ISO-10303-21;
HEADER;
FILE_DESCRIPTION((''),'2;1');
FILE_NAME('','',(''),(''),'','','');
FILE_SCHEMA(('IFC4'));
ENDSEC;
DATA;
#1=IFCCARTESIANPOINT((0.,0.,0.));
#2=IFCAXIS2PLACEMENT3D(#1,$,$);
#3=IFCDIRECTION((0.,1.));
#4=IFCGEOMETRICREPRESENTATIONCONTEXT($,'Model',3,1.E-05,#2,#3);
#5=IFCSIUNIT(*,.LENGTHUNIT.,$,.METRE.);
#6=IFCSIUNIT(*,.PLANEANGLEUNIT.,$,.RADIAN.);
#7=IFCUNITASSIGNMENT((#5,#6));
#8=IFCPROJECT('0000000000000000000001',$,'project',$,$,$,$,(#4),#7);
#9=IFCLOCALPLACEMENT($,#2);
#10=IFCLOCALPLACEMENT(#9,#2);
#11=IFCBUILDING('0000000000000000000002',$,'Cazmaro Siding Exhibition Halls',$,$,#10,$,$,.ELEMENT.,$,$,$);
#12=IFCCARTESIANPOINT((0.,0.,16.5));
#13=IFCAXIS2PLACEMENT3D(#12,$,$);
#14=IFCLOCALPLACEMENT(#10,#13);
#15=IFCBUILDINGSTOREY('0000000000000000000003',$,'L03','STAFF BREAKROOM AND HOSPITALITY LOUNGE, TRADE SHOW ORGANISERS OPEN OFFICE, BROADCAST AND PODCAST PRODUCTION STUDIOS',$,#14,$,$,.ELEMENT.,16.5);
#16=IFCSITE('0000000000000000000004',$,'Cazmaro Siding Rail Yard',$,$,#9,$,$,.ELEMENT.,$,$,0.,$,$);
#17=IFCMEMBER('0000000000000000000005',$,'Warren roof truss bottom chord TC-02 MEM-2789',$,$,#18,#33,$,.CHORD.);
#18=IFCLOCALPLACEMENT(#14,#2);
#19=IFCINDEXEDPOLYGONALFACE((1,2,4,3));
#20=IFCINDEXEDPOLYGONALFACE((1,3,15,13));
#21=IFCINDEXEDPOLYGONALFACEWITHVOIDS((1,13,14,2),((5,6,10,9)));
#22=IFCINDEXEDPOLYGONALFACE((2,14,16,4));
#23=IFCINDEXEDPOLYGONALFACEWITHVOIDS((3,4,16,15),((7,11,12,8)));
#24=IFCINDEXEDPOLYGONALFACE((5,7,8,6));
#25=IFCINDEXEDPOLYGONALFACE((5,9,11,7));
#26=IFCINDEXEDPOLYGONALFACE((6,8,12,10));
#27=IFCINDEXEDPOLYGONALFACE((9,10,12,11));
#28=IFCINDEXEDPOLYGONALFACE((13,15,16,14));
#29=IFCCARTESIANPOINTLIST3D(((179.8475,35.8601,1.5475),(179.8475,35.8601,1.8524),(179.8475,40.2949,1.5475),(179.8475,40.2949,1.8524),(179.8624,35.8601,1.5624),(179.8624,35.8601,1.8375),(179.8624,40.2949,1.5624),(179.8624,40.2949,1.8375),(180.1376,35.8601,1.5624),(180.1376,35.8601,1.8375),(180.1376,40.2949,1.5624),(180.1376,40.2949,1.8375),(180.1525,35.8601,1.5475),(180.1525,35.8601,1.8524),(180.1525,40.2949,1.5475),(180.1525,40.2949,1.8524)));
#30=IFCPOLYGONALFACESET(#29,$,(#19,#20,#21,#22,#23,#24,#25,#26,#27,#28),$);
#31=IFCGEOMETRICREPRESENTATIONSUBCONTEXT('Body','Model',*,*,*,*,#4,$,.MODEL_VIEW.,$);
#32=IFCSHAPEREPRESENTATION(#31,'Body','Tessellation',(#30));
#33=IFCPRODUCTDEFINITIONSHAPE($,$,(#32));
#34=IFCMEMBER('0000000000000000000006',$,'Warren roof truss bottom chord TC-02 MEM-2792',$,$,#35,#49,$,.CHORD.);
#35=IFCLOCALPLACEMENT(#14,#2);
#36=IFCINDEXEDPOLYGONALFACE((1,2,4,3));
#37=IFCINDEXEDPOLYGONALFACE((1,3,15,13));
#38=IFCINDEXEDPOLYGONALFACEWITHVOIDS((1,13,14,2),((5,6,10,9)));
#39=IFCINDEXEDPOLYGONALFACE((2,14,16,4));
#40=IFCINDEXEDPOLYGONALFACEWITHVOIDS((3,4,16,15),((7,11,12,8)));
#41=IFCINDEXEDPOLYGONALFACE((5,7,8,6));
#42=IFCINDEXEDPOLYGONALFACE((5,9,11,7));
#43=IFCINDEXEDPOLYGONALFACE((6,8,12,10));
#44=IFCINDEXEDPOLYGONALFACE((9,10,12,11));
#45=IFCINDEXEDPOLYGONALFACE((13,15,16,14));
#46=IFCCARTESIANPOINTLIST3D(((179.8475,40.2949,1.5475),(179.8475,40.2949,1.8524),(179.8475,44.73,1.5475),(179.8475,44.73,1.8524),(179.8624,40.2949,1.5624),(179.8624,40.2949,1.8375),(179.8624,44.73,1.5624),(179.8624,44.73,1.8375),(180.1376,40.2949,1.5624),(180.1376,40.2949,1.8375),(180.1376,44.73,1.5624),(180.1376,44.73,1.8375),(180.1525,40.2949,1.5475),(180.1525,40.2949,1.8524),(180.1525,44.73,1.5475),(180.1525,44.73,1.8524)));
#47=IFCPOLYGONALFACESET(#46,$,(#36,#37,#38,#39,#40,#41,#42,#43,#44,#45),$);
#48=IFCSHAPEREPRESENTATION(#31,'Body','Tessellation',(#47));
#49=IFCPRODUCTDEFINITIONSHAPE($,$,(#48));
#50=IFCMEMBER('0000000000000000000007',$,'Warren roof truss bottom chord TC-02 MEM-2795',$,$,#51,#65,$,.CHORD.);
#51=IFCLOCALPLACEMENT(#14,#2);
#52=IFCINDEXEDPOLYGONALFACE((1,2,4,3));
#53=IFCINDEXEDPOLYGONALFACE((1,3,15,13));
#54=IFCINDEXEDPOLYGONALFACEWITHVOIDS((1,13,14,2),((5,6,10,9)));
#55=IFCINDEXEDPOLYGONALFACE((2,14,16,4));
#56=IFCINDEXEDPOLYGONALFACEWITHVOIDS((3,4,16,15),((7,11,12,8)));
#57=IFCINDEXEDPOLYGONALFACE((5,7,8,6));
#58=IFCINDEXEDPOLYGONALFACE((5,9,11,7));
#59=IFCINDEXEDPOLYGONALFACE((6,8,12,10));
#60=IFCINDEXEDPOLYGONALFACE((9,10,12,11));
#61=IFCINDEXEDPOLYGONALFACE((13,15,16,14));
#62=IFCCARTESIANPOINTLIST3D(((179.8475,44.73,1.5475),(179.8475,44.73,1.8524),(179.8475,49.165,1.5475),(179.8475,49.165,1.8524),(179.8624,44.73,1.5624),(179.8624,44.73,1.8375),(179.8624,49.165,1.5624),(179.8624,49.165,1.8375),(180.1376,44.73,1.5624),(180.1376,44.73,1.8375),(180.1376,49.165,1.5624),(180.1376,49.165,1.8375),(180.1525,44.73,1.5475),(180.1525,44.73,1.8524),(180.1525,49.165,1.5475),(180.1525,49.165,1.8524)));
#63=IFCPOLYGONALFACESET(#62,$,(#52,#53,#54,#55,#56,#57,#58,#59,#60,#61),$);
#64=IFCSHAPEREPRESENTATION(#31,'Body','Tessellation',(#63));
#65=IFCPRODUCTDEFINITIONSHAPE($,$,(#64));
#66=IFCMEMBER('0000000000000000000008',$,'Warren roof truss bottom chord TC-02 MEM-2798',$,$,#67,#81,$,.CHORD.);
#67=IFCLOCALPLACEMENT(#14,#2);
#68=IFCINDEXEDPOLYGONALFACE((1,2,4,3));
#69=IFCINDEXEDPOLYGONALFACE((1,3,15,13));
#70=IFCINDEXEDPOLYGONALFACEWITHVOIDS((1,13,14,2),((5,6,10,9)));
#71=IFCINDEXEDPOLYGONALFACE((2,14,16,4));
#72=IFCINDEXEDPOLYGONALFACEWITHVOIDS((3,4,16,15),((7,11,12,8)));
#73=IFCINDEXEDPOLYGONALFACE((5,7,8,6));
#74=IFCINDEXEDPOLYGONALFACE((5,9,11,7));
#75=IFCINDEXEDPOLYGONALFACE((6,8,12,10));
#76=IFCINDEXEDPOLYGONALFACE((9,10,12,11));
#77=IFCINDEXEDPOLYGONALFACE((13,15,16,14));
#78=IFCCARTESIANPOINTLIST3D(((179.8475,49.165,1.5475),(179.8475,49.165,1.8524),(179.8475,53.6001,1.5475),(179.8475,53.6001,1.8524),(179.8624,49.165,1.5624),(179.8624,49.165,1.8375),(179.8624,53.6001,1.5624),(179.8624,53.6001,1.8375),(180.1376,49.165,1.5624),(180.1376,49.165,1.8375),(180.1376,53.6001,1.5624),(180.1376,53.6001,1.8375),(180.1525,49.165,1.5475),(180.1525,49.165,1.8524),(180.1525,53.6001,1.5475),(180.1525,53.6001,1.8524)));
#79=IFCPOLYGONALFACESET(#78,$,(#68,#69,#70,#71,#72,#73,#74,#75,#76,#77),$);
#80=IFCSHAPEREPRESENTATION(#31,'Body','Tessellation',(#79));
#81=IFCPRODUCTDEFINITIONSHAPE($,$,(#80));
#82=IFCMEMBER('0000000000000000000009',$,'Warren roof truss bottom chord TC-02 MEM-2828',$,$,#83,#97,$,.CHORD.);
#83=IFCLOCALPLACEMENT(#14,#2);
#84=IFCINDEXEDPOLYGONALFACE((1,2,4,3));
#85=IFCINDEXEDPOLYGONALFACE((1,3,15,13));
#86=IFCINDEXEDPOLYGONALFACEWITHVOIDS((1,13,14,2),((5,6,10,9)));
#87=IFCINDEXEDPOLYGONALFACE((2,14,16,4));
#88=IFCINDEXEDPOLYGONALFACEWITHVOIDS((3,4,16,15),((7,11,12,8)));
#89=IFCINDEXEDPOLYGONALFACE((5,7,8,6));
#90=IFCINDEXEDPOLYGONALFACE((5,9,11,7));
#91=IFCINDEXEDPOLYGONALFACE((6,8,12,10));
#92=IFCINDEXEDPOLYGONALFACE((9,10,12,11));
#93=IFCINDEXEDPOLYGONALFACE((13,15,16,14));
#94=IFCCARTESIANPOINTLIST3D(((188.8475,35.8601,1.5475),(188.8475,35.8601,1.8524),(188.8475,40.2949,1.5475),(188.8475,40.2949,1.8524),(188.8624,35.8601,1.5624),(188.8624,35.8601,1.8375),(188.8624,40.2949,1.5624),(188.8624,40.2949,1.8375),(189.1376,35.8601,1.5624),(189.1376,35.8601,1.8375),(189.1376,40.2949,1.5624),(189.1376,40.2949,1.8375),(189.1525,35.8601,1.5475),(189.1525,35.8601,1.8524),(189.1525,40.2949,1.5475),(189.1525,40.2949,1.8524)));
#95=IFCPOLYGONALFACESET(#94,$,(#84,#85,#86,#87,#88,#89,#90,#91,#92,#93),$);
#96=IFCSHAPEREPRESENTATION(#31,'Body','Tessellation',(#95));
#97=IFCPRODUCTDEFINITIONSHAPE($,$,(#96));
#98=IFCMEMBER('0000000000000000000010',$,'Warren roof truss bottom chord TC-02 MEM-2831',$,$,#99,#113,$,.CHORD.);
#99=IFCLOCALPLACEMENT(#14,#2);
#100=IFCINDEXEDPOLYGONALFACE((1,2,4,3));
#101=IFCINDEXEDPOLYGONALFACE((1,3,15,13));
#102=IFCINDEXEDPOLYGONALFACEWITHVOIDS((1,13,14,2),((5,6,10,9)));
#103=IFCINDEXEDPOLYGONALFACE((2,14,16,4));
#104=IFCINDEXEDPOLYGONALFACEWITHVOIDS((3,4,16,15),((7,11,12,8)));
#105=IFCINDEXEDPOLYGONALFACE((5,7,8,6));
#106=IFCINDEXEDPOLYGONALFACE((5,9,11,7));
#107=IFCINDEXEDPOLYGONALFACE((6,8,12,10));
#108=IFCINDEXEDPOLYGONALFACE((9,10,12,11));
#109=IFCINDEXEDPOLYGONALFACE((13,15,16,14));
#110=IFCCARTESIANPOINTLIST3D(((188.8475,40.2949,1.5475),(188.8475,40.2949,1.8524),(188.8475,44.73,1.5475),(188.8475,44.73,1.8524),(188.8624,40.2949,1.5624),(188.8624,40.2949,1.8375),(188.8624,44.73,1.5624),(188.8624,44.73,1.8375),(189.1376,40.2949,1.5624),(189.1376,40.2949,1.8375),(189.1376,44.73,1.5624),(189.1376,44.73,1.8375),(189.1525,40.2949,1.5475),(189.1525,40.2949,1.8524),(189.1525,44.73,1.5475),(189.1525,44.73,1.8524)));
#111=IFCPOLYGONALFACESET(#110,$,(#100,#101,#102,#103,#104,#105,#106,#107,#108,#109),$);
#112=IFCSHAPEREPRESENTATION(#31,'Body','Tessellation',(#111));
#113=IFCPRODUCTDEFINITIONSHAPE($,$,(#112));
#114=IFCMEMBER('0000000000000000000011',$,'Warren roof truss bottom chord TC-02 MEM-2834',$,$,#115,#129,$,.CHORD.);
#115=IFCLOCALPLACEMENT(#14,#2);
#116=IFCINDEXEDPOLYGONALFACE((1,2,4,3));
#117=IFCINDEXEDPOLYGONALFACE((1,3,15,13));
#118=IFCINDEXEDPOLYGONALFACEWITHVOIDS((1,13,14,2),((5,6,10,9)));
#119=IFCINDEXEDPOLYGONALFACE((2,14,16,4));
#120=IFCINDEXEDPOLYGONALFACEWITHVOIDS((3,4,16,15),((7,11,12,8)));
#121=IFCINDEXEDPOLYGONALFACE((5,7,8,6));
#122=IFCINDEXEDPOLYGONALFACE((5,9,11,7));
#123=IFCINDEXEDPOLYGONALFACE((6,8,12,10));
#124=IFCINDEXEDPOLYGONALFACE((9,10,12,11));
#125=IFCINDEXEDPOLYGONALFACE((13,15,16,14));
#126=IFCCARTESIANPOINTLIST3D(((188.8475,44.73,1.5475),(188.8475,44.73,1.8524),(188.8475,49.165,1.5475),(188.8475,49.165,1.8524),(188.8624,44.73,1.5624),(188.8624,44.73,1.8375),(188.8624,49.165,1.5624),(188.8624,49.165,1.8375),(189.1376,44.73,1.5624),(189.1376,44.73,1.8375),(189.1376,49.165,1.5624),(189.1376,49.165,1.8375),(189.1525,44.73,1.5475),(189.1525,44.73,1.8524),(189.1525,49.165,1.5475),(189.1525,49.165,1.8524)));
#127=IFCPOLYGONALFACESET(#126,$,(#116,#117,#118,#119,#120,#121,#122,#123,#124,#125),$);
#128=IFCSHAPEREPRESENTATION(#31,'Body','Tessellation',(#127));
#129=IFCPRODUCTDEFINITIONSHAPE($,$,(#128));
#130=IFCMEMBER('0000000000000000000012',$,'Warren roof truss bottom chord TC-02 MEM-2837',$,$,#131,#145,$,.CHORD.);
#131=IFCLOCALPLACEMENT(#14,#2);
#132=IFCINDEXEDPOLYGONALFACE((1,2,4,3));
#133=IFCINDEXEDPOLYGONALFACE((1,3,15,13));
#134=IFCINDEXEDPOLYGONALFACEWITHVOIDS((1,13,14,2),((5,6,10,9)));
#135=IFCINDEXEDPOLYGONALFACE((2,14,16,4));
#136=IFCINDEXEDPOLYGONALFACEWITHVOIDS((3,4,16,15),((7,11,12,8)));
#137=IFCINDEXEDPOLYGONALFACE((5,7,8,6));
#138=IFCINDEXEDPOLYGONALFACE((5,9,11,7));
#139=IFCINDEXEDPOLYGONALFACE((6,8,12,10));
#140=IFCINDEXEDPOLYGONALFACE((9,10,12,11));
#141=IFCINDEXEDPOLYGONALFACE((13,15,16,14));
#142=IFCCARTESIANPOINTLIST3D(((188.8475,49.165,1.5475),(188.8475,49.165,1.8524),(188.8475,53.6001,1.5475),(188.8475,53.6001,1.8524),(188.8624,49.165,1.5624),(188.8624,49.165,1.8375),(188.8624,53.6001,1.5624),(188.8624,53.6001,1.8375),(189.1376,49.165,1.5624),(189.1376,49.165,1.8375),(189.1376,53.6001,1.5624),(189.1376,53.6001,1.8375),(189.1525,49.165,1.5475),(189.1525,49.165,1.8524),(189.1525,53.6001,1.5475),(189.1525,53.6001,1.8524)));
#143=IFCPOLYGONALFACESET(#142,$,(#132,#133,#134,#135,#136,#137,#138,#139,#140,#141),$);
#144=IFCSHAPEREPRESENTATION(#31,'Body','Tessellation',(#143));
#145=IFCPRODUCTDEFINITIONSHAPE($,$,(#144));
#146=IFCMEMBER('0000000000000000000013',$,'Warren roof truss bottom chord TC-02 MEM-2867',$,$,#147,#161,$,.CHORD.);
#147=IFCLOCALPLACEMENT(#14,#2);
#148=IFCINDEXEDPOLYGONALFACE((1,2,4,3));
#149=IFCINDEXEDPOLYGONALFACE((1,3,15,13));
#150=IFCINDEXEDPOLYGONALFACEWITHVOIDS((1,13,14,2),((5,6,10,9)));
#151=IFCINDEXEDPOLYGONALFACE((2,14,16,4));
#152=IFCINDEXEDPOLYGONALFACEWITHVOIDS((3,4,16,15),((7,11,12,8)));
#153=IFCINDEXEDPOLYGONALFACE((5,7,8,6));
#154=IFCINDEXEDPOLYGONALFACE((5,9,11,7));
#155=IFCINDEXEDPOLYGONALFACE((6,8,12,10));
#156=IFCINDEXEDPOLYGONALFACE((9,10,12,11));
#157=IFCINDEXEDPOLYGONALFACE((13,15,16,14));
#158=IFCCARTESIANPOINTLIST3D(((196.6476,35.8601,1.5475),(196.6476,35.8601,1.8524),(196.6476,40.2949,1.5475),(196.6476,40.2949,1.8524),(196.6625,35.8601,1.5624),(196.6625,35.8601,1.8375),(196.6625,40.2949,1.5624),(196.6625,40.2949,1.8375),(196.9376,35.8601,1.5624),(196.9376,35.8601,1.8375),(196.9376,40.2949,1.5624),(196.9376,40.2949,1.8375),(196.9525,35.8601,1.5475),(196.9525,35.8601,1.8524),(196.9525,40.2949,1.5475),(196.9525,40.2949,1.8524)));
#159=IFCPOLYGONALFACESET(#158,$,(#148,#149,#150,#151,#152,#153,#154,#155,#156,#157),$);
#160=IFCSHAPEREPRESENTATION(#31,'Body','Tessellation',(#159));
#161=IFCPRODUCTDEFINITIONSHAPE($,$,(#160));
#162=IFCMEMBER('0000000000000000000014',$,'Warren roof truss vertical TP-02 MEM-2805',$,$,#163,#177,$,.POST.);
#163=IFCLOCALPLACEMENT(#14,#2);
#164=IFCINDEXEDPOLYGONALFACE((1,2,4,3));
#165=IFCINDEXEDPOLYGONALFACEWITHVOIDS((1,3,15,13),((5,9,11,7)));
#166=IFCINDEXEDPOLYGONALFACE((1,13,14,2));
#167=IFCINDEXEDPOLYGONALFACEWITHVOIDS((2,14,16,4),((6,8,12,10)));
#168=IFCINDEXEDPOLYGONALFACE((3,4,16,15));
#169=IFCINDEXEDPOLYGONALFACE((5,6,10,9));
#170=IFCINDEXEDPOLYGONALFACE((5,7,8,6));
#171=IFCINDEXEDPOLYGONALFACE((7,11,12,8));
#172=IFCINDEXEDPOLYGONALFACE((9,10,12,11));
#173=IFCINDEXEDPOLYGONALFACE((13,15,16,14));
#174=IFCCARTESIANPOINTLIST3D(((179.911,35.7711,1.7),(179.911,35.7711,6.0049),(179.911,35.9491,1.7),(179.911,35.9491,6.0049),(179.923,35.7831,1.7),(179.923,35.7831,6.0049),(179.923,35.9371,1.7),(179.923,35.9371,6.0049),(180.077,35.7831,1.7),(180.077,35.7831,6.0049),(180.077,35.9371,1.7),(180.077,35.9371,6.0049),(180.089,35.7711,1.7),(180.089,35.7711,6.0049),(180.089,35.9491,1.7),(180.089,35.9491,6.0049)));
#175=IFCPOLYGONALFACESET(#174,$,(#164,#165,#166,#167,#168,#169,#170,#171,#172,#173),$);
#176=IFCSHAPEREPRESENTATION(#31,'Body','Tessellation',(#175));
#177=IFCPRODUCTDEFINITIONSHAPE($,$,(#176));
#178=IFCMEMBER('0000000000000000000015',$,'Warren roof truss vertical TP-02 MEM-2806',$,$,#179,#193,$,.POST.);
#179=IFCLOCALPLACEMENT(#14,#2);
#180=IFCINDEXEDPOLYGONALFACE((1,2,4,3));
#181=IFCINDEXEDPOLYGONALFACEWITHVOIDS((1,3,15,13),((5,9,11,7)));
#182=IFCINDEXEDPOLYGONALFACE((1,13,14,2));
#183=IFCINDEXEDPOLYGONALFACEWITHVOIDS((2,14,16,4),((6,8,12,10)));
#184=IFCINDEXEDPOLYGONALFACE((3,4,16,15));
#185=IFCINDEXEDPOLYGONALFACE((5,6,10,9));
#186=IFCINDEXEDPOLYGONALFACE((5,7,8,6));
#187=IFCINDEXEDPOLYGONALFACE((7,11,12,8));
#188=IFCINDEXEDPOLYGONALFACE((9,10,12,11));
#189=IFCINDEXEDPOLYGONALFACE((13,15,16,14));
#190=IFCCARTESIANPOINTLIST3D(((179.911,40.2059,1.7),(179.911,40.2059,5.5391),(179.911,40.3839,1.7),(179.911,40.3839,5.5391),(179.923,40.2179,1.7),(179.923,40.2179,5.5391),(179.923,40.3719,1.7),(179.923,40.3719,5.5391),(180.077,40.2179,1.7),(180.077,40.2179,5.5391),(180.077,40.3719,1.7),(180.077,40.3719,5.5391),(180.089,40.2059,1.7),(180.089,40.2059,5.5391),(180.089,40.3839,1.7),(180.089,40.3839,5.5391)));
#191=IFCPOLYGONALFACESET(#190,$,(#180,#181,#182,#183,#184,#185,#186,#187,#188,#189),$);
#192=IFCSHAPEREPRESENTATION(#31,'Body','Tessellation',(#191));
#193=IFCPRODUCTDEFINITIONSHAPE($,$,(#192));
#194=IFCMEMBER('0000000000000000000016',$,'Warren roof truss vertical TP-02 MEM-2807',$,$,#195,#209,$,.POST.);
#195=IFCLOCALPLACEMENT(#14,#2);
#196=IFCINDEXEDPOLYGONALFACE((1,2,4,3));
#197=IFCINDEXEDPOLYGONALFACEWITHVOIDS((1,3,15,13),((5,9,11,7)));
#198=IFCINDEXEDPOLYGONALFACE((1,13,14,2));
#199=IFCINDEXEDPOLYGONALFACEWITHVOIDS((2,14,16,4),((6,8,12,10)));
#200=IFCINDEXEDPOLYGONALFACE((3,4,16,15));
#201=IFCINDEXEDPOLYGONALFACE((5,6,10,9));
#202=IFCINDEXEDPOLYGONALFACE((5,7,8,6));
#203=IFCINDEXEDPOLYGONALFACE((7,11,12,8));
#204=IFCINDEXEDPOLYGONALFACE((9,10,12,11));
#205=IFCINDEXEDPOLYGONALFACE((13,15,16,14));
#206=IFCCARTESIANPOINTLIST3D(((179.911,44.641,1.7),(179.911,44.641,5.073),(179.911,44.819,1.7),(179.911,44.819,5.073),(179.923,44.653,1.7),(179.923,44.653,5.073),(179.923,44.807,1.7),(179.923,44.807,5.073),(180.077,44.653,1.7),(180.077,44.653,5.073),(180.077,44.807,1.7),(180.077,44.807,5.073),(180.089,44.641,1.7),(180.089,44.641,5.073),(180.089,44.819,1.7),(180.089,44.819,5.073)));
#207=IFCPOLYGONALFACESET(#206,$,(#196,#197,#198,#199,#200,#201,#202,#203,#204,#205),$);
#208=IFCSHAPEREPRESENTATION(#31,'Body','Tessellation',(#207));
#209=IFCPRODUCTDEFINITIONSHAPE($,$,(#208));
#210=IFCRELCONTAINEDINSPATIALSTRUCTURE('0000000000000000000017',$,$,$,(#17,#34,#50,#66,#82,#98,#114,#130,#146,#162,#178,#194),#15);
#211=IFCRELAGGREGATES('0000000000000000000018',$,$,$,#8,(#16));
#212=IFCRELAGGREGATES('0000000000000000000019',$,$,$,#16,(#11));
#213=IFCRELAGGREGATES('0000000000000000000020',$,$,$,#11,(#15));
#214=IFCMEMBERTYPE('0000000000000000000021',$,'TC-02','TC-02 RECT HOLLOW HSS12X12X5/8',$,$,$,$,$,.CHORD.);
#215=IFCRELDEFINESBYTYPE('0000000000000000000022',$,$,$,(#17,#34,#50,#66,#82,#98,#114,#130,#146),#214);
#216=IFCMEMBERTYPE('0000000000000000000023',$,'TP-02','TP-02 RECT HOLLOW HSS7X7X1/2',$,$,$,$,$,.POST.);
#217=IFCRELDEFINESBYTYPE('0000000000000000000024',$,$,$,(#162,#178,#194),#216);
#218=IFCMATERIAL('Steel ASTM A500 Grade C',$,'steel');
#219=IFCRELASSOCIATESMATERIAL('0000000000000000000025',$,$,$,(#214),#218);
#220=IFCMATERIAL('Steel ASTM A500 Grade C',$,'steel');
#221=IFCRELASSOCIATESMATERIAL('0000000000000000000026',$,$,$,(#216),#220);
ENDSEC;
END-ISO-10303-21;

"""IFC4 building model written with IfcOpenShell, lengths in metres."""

from ifc_helpers import new_model, si_unit, direction, frame, origin, origin_2d, place, context, subcontext, project, spatial, hollow_rectangle, extrude, material, material_profile, profile_set, type_object, element, save


model = new_model("IFC4")

# Units and contexts
model_context = context("Model", 3, precision=1e-05, world=origin(), true_north=direction((0.0, 1.0)))
body_context = subcontext(model_context, "Body", "Model", "MODEL_VIEW")
ifc_project = project(units=[si_unit("LENGTHUNIT", "METRE"), si_unit("PLANEANGLEUNIT", "RADIAN")], contexts=[model_context])

# Site, building, storey
site_placement = place(None, origin())
site = spatial("IfcSite", under=ifc_project, at=site_placement, Name="Cazmaro Siding Rail Yard", CompositionType="ELEMENT", RefElevation=0.0)
building_placement = place(site_placement, origin())
building = spatial("IfcBuilding", under=site, at=building_placement, Name="Cazmaro Siding Exhibition Halls", CompositionType="ELEMENT")
storey_placement = place(building_placement, frame((0.0, 0.0, 16.5)))
storey = spatial("IfcBuildingStorey", under=building, at=storey_placement, Name="L03", Description="STAFF BREAKROOM AND HOSPITALITY LOUNGE, TRADE SHOW ORGANISERS OPEN OFFICE, BROADCAST AND PODCAST PRODUCTION STUDIOS", CompositionType="ELEMENT", Elevation=16.5)

# Members
ifc_material_1 = material(Name="Steel ASTM A500 Grade C", Category="steel")
ifc_material_profile_1 = material_profile(ifc_material_1, hollow_rectangle(XDim=0.3049, YDim=0.3049, WallThickness=0.0149, at=origin_2d()), Name="HSS12X12X5/8")
ifc_profile_set_1 = profile_set([ifc_material_profile_1], Name="Steel ASTM A500 Grade C")
member_type_1 = type_object("IfcMemberType", Name="TC-02", Description="TC-02 RECT HOLLOW HSS12X12X5/8", PredefinedType="CHORD", material=ifc_profile_set_1)
member_1_placement = place(storey_placement, frame((180.0, 35.8601, 1.7), z_axis=(0.0, 1.0, 0.0), x_axis=(-1.0, 0.0, 0.0)))
element("IfcMember", 1, at=member_1_placement, inside=storey, type_object=member_type_1, Name="Warren roof truss bottom chord TC-02 MEM-2789", PredefinedType="CHORD", context=body_context, shape_type="SweptSolid", body=[
    extrude(hollow_rectangle(XDim=0.3049, YDim=0.3049, WallThickness=0.0149, at=origin_2d()), origin(), (0.0, 0.0, 1.0), 4.4348),
])
for number, where, z_axis, x_axis, name in (
    (2, (180.0, 40.2949, 1.7), (0.0, 1.0, 0.0), (-1.0, 0.0, 0.0), "Warren roof truss bottom chord TC-02 MEM-2792"),
    (3, (180.0, 44.73, 1.7), (0.0, 1.0, 0.0), (-1.0, 0.0, 0.0), "Warren roof truss bottom chord TC-02 MEM-2795"),
    (4, (180.0, 49.165, 1.7), (0.0, 1.0, 0.0), (-1.0, 0.0, 0.0), "Warren roof truss bottom chord TC-02 MEM-2798"),
):
    element("IfcMember", number, at=place(storey_placement, frame(where, z_axis=z_axis, x_axis=x_axis)), inside=storey, type_object=member_type_1, Name=name, PredefinedType="CHORD", context=body_context, shape_type="SweptSolid", body=[
        extrude(hollow_rectangle(XDim=0.3049, YDim=0.3049, WallThickness=0.0149, at=origin_2d()), origin(), (0.0, 0.0, 1.0), 4.4351),
    ])
member_2_placement = place(storey_placement, frame((189.0, 35.8601, 1.7), z_axis=(0.0, 1.0, 0.0), x_axis=(-1.0, 0.0, 0.0)))
element("IfcMember", 5, at=member_2_placement, inside=storey, type_object=member_type_1, Name="Warren roof truss bottom chord TC-02 MEM-2828", PredefinedType="CHORD", context=body_context, shape_type="SweptSolid", body=[
    extrude(hollow_rectangle(XDim=0.3049, YDim=0.3049, WallThickness=0.0149, at=origin_2d()), origin(), (0.0, 0.0, 1.0), 4.4348),
])
for number, where, z_axis, x_axis, name in (
    (6, (189.0, 40.2949, 1.7), (0.0, 1.0, 0.0), (-1.0, 0.0, 0.0), "Warren roof truss bottom chord TC-02 MEM-2831"),
    (7, (189.0, 44.73, 1.7), (0.0, 1.0, 0.0), (-1.0, 0.0, 0.0), "Warren roof truss bottom chord TC-02 MEM-2834"),
    (8, (189.0, 49.165, 1.7), (0.0, 1.0, 0.0), (-1.0, 0.0, 0.0), "Warren roof truss bottom chord TC-02 MEM-2837"),
):
    element("IfcMember", number, at=place(storey_placement, frame(where, z_axis=z_axis, x_axis=x_axis)), inside=storey, type_object=member_type_1, Name=name, PredefinedType="CHORD", context=body_context, shape_type="SweptSolid", body=[
        extrude(hollow_rectangle(XDim=0.3049, YDim=0.3049, WallThickness=0.0149, at=origin_2d()), origin(), (0.0, 0.0, 1.0), 4.4351),
    ])
member_3_placement = place(storey_placement, frame((196.8, 35.8601, 1.7), z_axis=(0.0, 1.0, 0.0), x_axis=(-1.0, 0.0, 0.0)))
element("IfcMember", 9, at=member_3_placement, inside=storey, type_object=member_type_1, Name="Warren roof truss bottom chord TC-02 MEM-2867", PredefinedType="CHORD", context=body_context, shape_type="SweptSolid", body=[
    extrude(hollow_rectangle(XDim=0.3049, YDim=0.3049, WallThickness=0.0149, at=origin_2d()), origin(), (0.0, 0.0, 1.0), 4.4348),
])
ifc_material_2 = material(Name="Steel ASTM A500 Grade C", Category="steel")
ifc_material_profile_2 = material_profile(ifc_material_2, hollow_rectangle(XDim=0.178, YDim=0.178, WallThickness=0.012, at=origin_2d()), Name="HSS7X7X1/2")
ifc_profile_set_2 = profile_set([ifc_material_profile_2], Name="Steel ASTM A500 Grade C")
member_type_2 = type_object("IfcMemberType", Name="TP-02", Description="TP-02 RECT HOLLOW HSS7X7X1/2", PredefinedType="POST", material=ifc_profile_set_2)
member_4_placement = place(storey_placement, frame((180.0, 35.8601, 1.7), z_axis=(0.0, 0.0, 1.0), x_axis=(1.0, 0.0, 0.0)))
element("IfcMember", 10, at=member_4_placement, inside=storey, type_object=member_type_2, Name="Warren roof truss vertical TP-02 MEM-2805", PredefinedType="POST", context=body_context, shape_type="SweptSolid", body=[
    extrude(hollow_rectangle(XDim=0.178, YDim=0.178, WallThickness=0.012, at=origin_2d()), origin(), (0.0, 0.0, 1.0), 4.3049),
])
member_5_placement = place(storey_placement, frame((180.0, 40.2949, 1.7), z_axis=(0.0, 0.0, 1.0), x_axis=(1.0, 0.0, 0.0)))
element("IfcMember", 11, at=member_5_placement, inside=storey, type_object=member_type_2, Name="Warren roof truss vertical TP-02 MEM-2806", PredefinedType="POST", context=body_context, shape_type="SweptSolid", body=[
    extrude(hollow_rectangle(XDim=0.178, YDim=0.178, WallThickness=0.012, at=origin_2d()), origin(), (0.0, 0.0, 1.0), 3.8391),
])
member_6_placement = place(storey_placement, frame((180.0, 44.73, 1.7), z_axis=(0.0, 0.0, 1.0), x_axis=(1.0, 0.0, 0.0)))
element("IfcMember", 12, at=member_6_placement, inside=storey, type_object=member_type_2, Name="Warren roof truss vertical TP-02 MEM-2807", PredefinedType="POST", context=body_context, shape_type="SweptSolid", body=[
    extrude(hollow_rectangle(XDim=0.178, YDim=0.178, WallThickness=0.012, at=origin_2d()), origin(), (0.0, 0.0, 1.0), 3.373),
])

save(model, "model.ifc")
